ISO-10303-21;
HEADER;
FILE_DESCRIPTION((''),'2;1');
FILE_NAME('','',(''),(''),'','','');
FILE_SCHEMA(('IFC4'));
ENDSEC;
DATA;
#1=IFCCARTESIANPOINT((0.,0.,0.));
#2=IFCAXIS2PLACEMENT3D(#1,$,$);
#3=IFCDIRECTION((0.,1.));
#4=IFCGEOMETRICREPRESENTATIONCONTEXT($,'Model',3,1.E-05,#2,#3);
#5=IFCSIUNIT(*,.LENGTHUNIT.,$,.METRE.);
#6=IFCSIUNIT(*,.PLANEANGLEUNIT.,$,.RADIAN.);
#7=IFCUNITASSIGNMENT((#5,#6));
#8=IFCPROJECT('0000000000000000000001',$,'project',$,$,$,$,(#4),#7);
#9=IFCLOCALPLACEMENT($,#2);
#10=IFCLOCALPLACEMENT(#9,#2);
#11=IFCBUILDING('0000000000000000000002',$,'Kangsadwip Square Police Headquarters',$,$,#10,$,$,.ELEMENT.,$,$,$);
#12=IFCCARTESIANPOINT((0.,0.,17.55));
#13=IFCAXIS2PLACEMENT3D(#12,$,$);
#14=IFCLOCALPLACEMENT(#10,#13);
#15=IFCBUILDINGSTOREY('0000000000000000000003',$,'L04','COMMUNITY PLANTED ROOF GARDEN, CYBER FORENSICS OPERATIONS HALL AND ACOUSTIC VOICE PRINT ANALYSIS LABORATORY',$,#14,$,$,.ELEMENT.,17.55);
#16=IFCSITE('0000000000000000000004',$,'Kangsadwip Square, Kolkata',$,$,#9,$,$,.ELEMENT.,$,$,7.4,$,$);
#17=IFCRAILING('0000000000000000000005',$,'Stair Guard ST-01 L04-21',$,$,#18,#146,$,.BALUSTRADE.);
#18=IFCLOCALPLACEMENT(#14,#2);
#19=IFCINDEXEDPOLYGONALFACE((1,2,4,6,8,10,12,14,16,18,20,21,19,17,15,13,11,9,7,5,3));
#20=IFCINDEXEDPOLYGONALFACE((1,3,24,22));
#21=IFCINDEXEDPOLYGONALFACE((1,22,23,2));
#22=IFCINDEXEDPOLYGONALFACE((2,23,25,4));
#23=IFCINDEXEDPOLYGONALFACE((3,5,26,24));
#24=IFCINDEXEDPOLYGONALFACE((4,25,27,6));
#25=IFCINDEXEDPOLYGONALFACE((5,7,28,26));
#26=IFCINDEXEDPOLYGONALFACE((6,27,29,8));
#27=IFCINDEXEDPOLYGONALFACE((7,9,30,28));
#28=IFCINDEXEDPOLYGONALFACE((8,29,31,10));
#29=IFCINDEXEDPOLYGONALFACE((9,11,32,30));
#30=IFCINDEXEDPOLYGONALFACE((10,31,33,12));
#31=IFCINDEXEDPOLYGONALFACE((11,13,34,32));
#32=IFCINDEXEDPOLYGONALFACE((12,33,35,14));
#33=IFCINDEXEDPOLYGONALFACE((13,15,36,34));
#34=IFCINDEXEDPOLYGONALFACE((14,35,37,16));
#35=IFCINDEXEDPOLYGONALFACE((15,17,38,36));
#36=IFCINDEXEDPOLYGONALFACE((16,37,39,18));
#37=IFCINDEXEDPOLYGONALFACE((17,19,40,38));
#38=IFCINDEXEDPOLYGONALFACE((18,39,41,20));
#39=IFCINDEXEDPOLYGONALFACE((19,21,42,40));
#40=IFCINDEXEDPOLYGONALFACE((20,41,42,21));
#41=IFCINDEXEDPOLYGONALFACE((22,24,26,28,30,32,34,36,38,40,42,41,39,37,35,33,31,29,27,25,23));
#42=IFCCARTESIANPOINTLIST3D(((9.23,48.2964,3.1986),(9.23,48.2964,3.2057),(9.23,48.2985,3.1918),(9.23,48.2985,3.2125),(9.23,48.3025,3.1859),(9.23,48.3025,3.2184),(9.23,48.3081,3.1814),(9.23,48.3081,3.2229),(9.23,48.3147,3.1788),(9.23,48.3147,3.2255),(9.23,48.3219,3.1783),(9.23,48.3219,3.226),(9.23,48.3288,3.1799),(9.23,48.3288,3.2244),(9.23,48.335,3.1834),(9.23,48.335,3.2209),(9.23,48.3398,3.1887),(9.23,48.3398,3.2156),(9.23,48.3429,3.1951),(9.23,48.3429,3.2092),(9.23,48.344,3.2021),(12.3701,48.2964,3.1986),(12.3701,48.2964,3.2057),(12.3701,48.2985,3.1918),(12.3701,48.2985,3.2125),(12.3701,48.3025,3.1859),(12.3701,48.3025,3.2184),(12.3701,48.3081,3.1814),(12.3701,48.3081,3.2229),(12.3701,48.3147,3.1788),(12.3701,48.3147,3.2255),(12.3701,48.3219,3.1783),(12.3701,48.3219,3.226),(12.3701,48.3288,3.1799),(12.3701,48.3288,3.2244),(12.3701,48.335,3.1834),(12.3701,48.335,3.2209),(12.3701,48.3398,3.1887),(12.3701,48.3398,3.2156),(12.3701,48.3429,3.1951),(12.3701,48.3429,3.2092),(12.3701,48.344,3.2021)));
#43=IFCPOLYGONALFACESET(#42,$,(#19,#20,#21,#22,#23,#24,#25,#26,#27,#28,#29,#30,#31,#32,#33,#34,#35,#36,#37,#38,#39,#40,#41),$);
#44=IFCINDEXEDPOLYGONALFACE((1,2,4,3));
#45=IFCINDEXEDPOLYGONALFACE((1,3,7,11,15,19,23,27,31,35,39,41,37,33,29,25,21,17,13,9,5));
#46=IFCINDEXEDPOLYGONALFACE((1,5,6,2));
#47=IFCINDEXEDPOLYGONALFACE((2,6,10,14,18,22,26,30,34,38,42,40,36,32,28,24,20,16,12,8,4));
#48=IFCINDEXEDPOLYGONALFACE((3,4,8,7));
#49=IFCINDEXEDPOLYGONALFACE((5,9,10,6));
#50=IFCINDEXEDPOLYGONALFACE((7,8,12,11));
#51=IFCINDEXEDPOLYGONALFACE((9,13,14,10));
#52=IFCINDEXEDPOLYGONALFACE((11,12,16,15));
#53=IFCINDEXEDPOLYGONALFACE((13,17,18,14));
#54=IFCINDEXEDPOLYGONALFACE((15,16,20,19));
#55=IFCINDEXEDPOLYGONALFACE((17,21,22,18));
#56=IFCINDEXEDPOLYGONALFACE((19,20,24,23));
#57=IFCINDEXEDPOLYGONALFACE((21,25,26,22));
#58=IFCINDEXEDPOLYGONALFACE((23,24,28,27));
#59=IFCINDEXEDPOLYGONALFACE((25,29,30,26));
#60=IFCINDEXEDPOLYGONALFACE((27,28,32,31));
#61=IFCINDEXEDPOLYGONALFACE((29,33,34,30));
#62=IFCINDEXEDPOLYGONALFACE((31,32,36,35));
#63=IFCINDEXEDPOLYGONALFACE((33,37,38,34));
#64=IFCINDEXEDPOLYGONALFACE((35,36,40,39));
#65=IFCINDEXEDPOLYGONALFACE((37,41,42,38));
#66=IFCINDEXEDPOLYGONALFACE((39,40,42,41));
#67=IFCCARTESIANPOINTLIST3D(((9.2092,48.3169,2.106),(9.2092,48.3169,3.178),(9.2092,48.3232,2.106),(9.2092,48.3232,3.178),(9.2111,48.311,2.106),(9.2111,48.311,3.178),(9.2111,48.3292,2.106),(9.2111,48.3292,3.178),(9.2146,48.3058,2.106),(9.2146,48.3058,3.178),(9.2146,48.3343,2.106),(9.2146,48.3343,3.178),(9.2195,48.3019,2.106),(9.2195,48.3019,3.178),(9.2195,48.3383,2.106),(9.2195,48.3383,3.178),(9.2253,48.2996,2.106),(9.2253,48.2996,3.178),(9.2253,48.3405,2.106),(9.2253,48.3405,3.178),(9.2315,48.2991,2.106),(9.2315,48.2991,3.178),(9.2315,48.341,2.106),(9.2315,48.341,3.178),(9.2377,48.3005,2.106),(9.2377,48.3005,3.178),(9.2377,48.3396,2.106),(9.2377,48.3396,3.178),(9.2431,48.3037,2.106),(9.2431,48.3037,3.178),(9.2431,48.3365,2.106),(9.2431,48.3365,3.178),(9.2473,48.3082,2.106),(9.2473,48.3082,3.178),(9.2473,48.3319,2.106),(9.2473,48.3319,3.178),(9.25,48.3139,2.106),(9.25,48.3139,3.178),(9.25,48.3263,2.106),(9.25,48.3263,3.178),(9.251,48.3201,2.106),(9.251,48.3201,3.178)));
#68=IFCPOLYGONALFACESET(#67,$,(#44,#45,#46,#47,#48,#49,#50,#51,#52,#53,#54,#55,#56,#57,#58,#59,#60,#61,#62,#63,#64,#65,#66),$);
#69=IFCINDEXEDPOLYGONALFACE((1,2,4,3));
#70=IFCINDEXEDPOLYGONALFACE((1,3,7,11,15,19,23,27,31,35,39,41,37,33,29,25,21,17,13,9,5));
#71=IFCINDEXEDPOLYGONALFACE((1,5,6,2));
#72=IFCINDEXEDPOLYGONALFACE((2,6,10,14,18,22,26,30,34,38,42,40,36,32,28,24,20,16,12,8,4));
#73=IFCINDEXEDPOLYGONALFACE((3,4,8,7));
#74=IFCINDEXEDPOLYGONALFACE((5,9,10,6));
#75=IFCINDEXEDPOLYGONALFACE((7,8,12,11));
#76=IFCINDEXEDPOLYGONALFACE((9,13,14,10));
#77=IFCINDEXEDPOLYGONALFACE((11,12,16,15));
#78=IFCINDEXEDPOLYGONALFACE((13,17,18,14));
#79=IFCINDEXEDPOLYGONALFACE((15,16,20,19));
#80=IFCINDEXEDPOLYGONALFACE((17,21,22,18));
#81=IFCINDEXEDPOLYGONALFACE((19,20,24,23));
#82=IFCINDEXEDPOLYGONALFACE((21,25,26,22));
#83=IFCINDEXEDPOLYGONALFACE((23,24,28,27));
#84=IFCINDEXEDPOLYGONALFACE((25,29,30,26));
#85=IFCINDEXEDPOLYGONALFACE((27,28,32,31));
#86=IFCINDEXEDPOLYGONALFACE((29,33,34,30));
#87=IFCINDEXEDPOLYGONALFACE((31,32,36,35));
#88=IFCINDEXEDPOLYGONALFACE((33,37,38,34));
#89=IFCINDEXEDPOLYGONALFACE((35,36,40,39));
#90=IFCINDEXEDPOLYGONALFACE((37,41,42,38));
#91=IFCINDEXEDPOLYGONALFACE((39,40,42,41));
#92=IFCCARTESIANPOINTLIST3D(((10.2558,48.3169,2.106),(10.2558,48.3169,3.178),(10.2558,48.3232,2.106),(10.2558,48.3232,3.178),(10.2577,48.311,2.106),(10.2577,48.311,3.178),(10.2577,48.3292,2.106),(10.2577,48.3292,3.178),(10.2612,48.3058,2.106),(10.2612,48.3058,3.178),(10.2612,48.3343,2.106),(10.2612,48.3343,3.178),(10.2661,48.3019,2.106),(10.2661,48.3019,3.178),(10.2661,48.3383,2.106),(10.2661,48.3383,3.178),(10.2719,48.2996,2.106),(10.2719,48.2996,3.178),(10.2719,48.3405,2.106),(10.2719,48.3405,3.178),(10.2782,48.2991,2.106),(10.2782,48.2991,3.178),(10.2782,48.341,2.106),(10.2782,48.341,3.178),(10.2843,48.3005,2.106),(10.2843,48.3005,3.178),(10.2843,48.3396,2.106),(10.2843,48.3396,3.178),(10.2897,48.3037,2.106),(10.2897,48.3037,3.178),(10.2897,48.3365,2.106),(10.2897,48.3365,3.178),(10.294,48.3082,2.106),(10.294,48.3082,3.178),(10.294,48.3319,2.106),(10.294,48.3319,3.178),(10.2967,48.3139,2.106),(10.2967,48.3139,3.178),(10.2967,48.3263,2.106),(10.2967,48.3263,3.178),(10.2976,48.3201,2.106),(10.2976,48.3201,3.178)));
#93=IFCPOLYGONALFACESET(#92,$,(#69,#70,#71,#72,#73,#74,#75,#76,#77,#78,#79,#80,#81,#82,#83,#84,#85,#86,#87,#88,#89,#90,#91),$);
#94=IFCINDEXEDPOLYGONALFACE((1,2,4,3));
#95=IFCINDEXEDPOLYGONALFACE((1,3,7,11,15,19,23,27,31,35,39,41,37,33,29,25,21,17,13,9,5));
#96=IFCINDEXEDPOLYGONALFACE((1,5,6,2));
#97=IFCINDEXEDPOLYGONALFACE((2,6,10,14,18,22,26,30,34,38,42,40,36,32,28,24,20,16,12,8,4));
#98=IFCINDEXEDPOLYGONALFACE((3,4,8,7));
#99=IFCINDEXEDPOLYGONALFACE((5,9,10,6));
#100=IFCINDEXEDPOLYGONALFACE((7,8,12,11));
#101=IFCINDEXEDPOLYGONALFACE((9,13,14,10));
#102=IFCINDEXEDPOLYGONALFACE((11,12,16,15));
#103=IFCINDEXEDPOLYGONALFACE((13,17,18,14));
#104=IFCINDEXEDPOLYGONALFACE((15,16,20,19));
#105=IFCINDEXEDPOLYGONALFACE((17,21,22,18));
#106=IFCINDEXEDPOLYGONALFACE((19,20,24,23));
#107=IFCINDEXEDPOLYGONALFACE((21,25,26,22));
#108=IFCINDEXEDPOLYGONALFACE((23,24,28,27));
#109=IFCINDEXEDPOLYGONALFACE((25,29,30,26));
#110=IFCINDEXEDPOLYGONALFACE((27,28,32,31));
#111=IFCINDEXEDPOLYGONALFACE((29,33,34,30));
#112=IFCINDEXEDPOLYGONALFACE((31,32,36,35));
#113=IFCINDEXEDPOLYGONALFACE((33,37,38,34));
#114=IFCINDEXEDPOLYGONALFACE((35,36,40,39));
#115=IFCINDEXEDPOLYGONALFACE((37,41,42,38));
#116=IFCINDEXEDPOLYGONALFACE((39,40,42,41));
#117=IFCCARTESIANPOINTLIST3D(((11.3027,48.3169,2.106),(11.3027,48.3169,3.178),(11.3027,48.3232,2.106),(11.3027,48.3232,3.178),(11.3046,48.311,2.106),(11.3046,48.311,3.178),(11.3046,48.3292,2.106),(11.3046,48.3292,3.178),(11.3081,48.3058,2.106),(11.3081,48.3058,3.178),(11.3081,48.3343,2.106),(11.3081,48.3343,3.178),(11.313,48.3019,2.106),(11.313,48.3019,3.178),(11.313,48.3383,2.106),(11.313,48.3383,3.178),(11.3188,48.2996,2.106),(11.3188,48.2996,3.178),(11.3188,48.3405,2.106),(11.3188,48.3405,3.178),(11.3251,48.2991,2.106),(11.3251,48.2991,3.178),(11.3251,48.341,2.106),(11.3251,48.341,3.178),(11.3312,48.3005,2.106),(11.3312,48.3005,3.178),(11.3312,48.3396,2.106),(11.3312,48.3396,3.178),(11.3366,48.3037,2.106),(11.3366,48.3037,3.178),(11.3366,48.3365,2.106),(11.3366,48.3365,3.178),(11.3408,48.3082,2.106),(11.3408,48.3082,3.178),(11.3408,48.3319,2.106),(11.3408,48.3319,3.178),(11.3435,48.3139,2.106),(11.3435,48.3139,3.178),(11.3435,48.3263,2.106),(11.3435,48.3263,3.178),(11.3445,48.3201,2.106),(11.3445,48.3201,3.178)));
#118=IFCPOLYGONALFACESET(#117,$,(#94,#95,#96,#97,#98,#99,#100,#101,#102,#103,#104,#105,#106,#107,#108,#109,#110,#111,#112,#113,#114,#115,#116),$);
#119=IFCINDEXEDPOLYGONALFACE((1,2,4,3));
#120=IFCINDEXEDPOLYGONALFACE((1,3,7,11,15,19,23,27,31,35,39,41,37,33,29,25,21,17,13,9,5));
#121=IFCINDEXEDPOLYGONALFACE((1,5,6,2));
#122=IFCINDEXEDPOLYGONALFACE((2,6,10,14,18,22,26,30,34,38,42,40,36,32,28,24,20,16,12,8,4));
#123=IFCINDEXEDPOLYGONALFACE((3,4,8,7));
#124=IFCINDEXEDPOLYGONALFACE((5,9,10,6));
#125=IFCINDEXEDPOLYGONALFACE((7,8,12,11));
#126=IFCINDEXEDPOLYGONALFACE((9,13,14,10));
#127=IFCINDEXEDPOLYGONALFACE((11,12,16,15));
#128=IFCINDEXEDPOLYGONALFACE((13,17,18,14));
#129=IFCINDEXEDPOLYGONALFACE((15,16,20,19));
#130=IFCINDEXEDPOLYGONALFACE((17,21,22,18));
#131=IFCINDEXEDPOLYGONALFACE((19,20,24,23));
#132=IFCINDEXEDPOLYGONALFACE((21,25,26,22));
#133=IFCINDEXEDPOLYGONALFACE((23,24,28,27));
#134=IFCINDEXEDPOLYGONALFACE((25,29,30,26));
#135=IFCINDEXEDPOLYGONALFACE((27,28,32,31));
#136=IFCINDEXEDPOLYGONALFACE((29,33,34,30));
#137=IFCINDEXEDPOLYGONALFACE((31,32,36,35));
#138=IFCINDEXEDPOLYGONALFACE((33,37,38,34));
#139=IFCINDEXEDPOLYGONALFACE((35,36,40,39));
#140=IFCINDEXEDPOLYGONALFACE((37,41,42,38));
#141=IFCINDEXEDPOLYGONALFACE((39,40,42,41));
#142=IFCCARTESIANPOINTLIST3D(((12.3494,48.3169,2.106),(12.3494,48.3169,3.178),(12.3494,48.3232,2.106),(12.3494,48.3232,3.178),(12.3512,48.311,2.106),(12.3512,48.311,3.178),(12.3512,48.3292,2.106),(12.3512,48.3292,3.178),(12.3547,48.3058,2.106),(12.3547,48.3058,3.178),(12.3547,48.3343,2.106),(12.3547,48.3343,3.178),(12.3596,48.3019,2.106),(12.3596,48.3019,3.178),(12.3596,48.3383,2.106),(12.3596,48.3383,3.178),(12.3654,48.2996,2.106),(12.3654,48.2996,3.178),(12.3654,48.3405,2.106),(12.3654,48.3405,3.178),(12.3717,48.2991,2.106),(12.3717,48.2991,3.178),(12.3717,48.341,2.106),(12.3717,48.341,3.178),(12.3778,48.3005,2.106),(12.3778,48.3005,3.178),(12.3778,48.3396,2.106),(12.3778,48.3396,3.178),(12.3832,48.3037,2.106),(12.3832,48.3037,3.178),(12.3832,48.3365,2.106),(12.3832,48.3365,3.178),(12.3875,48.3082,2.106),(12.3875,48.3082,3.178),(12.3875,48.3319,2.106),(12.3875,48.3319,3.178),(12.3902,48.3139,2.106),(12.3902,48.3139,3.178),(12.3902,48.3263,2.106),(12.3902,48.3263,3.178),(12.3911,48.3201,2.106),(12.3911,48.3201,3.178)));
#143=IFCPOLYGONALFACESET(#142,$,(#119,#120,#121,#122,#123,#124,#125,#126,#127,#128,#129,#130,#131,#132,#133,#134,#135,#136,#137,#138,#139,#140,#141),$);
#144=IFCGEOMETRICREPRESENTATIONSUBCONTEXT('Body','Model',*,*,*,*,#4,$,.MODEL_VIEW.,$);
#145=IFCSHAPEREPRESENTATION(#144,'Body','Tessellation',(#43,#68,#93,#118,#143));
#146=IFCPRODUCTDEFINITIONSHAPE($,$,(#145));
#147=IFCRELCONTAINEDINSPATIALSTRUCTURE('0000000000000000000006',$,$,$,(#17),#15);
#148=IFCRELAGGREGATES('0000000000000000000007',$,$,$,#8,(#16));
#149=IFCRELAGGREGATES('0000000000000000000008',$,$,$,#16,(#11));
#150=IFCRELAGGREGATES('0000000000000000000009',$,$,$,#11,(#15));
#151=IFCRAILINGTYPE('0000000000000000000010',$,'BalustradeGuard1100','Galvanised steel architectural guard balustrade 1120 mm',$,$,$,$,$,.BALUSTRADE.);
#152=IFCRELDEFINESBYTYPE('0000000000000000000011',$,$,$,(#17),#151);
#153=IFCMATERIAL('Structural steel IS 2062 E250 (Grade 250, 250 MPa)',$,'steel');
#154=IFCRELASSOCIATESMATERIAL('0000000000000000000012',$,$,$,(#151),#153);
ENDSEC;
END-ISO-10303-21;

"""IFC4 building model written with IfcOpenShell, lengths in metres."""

from ifc_helpers import new_model, si_unit, direction, frame, origin, origin_2d, place, context, subcontext, project, spatial, circle, extrude, material, type_object, element, save


model = new_model("IFC4")

# Units and contexts
model_context = context("Model", 3, precision=1e-05, world=origin(), true_north=direction((0.0, 1.0)))
body_context = subcontext(model_context, "Body", "Model", "MODEL_VIEW")
ifc_project = project(units=[si_unit("LENGTHUNIT", "METRE"), si_unit("PLANEANGLEUNIT", "RADIAN")], contexts=[model_context])

# Site, building, storey
site_placement = place(None, origin())
site = spatial("IfcSite", under=ifc_project, at=site_placement, Name="Kangsadwip Square, Kolkata", CompositionType="ELEMENT", RefElevation=7.4)
building_placement = place(site_placement, origin())
building = spatial("IfcBuilding", under=site, at=building_placement, Name="Kangsadwip Square Police Headquarters", CompositionType="ELEMENT")
storey_placement = place(building_placement, frame((0.0, 0.0, 17.55)))
storey = spatial("IfcBuildingStorey", under=building, at=storey_placement, Name="L04", Description="COMMUNITY PLANTED ROOF GARDEN, CYBER FORENSICS OPERATIONS HALL AND ACOUSTIC VOICE PRINT ANALYSIS LABORATORY", CompositionType="ELEMENT", Elevation=17.55)

# Railing
ifc_material_1 = material(Name="Structural steel IS 2062 E250 (Grade 250, 250 MPa)", Category="steel")
railing_type_1 = type_object("IfcRailingType", Name="BalustradeGuard1100", Description="Galvanised steel architectural guard balustrade 1120 mm", PredefinedType="BALUSTRADE", material=ifc_material_1)
for number, where, name in (
    (1, (9.23, 48.3201, 2.106), "Stair Guard ST-01 L04-21"),
):
    element("IfcRailing", number, at=place(storey_placement, frame(where)), inside=storey, type_object=railing_type_1, Name=name, PredefinedType="BALUSTRADE", context=body_context, shape_type="SweptSolid", body=[
        extrude(circle(Radius=0.0239, at=origin_2d()), frame((0.0, 0.0, 1.0962), z_axis=(1.0, 0.0, 0.0), x_axis=(0.0, 1.0, 0.0)), (0.0, 0.0, 1.0), 3.1401),
        extrude(circle(Radius=0.021, at=origin_2d()), origin(), (0.0, 0.0, 1.0), 1.072),
        extrude(circle(Radius=0.021, at=origin_2d()), frame((1.0466, 0.0, 0.0)), (0.0, 0.0, 1.0), 1.072),
        extrude(circle(Radius=0.021, at=origin_2d()), frame((2.0935, 0.0, 0.0)), (0.0, 0.0, 1.0), 1.072),
        extrude(circle(Radius=0.021, at=origin_2d()), frame((3.1401, 0.0, 0.0)), (0.0, 0.0, 1.0), 1.072),
    ])

save(model, "model.ifc")
